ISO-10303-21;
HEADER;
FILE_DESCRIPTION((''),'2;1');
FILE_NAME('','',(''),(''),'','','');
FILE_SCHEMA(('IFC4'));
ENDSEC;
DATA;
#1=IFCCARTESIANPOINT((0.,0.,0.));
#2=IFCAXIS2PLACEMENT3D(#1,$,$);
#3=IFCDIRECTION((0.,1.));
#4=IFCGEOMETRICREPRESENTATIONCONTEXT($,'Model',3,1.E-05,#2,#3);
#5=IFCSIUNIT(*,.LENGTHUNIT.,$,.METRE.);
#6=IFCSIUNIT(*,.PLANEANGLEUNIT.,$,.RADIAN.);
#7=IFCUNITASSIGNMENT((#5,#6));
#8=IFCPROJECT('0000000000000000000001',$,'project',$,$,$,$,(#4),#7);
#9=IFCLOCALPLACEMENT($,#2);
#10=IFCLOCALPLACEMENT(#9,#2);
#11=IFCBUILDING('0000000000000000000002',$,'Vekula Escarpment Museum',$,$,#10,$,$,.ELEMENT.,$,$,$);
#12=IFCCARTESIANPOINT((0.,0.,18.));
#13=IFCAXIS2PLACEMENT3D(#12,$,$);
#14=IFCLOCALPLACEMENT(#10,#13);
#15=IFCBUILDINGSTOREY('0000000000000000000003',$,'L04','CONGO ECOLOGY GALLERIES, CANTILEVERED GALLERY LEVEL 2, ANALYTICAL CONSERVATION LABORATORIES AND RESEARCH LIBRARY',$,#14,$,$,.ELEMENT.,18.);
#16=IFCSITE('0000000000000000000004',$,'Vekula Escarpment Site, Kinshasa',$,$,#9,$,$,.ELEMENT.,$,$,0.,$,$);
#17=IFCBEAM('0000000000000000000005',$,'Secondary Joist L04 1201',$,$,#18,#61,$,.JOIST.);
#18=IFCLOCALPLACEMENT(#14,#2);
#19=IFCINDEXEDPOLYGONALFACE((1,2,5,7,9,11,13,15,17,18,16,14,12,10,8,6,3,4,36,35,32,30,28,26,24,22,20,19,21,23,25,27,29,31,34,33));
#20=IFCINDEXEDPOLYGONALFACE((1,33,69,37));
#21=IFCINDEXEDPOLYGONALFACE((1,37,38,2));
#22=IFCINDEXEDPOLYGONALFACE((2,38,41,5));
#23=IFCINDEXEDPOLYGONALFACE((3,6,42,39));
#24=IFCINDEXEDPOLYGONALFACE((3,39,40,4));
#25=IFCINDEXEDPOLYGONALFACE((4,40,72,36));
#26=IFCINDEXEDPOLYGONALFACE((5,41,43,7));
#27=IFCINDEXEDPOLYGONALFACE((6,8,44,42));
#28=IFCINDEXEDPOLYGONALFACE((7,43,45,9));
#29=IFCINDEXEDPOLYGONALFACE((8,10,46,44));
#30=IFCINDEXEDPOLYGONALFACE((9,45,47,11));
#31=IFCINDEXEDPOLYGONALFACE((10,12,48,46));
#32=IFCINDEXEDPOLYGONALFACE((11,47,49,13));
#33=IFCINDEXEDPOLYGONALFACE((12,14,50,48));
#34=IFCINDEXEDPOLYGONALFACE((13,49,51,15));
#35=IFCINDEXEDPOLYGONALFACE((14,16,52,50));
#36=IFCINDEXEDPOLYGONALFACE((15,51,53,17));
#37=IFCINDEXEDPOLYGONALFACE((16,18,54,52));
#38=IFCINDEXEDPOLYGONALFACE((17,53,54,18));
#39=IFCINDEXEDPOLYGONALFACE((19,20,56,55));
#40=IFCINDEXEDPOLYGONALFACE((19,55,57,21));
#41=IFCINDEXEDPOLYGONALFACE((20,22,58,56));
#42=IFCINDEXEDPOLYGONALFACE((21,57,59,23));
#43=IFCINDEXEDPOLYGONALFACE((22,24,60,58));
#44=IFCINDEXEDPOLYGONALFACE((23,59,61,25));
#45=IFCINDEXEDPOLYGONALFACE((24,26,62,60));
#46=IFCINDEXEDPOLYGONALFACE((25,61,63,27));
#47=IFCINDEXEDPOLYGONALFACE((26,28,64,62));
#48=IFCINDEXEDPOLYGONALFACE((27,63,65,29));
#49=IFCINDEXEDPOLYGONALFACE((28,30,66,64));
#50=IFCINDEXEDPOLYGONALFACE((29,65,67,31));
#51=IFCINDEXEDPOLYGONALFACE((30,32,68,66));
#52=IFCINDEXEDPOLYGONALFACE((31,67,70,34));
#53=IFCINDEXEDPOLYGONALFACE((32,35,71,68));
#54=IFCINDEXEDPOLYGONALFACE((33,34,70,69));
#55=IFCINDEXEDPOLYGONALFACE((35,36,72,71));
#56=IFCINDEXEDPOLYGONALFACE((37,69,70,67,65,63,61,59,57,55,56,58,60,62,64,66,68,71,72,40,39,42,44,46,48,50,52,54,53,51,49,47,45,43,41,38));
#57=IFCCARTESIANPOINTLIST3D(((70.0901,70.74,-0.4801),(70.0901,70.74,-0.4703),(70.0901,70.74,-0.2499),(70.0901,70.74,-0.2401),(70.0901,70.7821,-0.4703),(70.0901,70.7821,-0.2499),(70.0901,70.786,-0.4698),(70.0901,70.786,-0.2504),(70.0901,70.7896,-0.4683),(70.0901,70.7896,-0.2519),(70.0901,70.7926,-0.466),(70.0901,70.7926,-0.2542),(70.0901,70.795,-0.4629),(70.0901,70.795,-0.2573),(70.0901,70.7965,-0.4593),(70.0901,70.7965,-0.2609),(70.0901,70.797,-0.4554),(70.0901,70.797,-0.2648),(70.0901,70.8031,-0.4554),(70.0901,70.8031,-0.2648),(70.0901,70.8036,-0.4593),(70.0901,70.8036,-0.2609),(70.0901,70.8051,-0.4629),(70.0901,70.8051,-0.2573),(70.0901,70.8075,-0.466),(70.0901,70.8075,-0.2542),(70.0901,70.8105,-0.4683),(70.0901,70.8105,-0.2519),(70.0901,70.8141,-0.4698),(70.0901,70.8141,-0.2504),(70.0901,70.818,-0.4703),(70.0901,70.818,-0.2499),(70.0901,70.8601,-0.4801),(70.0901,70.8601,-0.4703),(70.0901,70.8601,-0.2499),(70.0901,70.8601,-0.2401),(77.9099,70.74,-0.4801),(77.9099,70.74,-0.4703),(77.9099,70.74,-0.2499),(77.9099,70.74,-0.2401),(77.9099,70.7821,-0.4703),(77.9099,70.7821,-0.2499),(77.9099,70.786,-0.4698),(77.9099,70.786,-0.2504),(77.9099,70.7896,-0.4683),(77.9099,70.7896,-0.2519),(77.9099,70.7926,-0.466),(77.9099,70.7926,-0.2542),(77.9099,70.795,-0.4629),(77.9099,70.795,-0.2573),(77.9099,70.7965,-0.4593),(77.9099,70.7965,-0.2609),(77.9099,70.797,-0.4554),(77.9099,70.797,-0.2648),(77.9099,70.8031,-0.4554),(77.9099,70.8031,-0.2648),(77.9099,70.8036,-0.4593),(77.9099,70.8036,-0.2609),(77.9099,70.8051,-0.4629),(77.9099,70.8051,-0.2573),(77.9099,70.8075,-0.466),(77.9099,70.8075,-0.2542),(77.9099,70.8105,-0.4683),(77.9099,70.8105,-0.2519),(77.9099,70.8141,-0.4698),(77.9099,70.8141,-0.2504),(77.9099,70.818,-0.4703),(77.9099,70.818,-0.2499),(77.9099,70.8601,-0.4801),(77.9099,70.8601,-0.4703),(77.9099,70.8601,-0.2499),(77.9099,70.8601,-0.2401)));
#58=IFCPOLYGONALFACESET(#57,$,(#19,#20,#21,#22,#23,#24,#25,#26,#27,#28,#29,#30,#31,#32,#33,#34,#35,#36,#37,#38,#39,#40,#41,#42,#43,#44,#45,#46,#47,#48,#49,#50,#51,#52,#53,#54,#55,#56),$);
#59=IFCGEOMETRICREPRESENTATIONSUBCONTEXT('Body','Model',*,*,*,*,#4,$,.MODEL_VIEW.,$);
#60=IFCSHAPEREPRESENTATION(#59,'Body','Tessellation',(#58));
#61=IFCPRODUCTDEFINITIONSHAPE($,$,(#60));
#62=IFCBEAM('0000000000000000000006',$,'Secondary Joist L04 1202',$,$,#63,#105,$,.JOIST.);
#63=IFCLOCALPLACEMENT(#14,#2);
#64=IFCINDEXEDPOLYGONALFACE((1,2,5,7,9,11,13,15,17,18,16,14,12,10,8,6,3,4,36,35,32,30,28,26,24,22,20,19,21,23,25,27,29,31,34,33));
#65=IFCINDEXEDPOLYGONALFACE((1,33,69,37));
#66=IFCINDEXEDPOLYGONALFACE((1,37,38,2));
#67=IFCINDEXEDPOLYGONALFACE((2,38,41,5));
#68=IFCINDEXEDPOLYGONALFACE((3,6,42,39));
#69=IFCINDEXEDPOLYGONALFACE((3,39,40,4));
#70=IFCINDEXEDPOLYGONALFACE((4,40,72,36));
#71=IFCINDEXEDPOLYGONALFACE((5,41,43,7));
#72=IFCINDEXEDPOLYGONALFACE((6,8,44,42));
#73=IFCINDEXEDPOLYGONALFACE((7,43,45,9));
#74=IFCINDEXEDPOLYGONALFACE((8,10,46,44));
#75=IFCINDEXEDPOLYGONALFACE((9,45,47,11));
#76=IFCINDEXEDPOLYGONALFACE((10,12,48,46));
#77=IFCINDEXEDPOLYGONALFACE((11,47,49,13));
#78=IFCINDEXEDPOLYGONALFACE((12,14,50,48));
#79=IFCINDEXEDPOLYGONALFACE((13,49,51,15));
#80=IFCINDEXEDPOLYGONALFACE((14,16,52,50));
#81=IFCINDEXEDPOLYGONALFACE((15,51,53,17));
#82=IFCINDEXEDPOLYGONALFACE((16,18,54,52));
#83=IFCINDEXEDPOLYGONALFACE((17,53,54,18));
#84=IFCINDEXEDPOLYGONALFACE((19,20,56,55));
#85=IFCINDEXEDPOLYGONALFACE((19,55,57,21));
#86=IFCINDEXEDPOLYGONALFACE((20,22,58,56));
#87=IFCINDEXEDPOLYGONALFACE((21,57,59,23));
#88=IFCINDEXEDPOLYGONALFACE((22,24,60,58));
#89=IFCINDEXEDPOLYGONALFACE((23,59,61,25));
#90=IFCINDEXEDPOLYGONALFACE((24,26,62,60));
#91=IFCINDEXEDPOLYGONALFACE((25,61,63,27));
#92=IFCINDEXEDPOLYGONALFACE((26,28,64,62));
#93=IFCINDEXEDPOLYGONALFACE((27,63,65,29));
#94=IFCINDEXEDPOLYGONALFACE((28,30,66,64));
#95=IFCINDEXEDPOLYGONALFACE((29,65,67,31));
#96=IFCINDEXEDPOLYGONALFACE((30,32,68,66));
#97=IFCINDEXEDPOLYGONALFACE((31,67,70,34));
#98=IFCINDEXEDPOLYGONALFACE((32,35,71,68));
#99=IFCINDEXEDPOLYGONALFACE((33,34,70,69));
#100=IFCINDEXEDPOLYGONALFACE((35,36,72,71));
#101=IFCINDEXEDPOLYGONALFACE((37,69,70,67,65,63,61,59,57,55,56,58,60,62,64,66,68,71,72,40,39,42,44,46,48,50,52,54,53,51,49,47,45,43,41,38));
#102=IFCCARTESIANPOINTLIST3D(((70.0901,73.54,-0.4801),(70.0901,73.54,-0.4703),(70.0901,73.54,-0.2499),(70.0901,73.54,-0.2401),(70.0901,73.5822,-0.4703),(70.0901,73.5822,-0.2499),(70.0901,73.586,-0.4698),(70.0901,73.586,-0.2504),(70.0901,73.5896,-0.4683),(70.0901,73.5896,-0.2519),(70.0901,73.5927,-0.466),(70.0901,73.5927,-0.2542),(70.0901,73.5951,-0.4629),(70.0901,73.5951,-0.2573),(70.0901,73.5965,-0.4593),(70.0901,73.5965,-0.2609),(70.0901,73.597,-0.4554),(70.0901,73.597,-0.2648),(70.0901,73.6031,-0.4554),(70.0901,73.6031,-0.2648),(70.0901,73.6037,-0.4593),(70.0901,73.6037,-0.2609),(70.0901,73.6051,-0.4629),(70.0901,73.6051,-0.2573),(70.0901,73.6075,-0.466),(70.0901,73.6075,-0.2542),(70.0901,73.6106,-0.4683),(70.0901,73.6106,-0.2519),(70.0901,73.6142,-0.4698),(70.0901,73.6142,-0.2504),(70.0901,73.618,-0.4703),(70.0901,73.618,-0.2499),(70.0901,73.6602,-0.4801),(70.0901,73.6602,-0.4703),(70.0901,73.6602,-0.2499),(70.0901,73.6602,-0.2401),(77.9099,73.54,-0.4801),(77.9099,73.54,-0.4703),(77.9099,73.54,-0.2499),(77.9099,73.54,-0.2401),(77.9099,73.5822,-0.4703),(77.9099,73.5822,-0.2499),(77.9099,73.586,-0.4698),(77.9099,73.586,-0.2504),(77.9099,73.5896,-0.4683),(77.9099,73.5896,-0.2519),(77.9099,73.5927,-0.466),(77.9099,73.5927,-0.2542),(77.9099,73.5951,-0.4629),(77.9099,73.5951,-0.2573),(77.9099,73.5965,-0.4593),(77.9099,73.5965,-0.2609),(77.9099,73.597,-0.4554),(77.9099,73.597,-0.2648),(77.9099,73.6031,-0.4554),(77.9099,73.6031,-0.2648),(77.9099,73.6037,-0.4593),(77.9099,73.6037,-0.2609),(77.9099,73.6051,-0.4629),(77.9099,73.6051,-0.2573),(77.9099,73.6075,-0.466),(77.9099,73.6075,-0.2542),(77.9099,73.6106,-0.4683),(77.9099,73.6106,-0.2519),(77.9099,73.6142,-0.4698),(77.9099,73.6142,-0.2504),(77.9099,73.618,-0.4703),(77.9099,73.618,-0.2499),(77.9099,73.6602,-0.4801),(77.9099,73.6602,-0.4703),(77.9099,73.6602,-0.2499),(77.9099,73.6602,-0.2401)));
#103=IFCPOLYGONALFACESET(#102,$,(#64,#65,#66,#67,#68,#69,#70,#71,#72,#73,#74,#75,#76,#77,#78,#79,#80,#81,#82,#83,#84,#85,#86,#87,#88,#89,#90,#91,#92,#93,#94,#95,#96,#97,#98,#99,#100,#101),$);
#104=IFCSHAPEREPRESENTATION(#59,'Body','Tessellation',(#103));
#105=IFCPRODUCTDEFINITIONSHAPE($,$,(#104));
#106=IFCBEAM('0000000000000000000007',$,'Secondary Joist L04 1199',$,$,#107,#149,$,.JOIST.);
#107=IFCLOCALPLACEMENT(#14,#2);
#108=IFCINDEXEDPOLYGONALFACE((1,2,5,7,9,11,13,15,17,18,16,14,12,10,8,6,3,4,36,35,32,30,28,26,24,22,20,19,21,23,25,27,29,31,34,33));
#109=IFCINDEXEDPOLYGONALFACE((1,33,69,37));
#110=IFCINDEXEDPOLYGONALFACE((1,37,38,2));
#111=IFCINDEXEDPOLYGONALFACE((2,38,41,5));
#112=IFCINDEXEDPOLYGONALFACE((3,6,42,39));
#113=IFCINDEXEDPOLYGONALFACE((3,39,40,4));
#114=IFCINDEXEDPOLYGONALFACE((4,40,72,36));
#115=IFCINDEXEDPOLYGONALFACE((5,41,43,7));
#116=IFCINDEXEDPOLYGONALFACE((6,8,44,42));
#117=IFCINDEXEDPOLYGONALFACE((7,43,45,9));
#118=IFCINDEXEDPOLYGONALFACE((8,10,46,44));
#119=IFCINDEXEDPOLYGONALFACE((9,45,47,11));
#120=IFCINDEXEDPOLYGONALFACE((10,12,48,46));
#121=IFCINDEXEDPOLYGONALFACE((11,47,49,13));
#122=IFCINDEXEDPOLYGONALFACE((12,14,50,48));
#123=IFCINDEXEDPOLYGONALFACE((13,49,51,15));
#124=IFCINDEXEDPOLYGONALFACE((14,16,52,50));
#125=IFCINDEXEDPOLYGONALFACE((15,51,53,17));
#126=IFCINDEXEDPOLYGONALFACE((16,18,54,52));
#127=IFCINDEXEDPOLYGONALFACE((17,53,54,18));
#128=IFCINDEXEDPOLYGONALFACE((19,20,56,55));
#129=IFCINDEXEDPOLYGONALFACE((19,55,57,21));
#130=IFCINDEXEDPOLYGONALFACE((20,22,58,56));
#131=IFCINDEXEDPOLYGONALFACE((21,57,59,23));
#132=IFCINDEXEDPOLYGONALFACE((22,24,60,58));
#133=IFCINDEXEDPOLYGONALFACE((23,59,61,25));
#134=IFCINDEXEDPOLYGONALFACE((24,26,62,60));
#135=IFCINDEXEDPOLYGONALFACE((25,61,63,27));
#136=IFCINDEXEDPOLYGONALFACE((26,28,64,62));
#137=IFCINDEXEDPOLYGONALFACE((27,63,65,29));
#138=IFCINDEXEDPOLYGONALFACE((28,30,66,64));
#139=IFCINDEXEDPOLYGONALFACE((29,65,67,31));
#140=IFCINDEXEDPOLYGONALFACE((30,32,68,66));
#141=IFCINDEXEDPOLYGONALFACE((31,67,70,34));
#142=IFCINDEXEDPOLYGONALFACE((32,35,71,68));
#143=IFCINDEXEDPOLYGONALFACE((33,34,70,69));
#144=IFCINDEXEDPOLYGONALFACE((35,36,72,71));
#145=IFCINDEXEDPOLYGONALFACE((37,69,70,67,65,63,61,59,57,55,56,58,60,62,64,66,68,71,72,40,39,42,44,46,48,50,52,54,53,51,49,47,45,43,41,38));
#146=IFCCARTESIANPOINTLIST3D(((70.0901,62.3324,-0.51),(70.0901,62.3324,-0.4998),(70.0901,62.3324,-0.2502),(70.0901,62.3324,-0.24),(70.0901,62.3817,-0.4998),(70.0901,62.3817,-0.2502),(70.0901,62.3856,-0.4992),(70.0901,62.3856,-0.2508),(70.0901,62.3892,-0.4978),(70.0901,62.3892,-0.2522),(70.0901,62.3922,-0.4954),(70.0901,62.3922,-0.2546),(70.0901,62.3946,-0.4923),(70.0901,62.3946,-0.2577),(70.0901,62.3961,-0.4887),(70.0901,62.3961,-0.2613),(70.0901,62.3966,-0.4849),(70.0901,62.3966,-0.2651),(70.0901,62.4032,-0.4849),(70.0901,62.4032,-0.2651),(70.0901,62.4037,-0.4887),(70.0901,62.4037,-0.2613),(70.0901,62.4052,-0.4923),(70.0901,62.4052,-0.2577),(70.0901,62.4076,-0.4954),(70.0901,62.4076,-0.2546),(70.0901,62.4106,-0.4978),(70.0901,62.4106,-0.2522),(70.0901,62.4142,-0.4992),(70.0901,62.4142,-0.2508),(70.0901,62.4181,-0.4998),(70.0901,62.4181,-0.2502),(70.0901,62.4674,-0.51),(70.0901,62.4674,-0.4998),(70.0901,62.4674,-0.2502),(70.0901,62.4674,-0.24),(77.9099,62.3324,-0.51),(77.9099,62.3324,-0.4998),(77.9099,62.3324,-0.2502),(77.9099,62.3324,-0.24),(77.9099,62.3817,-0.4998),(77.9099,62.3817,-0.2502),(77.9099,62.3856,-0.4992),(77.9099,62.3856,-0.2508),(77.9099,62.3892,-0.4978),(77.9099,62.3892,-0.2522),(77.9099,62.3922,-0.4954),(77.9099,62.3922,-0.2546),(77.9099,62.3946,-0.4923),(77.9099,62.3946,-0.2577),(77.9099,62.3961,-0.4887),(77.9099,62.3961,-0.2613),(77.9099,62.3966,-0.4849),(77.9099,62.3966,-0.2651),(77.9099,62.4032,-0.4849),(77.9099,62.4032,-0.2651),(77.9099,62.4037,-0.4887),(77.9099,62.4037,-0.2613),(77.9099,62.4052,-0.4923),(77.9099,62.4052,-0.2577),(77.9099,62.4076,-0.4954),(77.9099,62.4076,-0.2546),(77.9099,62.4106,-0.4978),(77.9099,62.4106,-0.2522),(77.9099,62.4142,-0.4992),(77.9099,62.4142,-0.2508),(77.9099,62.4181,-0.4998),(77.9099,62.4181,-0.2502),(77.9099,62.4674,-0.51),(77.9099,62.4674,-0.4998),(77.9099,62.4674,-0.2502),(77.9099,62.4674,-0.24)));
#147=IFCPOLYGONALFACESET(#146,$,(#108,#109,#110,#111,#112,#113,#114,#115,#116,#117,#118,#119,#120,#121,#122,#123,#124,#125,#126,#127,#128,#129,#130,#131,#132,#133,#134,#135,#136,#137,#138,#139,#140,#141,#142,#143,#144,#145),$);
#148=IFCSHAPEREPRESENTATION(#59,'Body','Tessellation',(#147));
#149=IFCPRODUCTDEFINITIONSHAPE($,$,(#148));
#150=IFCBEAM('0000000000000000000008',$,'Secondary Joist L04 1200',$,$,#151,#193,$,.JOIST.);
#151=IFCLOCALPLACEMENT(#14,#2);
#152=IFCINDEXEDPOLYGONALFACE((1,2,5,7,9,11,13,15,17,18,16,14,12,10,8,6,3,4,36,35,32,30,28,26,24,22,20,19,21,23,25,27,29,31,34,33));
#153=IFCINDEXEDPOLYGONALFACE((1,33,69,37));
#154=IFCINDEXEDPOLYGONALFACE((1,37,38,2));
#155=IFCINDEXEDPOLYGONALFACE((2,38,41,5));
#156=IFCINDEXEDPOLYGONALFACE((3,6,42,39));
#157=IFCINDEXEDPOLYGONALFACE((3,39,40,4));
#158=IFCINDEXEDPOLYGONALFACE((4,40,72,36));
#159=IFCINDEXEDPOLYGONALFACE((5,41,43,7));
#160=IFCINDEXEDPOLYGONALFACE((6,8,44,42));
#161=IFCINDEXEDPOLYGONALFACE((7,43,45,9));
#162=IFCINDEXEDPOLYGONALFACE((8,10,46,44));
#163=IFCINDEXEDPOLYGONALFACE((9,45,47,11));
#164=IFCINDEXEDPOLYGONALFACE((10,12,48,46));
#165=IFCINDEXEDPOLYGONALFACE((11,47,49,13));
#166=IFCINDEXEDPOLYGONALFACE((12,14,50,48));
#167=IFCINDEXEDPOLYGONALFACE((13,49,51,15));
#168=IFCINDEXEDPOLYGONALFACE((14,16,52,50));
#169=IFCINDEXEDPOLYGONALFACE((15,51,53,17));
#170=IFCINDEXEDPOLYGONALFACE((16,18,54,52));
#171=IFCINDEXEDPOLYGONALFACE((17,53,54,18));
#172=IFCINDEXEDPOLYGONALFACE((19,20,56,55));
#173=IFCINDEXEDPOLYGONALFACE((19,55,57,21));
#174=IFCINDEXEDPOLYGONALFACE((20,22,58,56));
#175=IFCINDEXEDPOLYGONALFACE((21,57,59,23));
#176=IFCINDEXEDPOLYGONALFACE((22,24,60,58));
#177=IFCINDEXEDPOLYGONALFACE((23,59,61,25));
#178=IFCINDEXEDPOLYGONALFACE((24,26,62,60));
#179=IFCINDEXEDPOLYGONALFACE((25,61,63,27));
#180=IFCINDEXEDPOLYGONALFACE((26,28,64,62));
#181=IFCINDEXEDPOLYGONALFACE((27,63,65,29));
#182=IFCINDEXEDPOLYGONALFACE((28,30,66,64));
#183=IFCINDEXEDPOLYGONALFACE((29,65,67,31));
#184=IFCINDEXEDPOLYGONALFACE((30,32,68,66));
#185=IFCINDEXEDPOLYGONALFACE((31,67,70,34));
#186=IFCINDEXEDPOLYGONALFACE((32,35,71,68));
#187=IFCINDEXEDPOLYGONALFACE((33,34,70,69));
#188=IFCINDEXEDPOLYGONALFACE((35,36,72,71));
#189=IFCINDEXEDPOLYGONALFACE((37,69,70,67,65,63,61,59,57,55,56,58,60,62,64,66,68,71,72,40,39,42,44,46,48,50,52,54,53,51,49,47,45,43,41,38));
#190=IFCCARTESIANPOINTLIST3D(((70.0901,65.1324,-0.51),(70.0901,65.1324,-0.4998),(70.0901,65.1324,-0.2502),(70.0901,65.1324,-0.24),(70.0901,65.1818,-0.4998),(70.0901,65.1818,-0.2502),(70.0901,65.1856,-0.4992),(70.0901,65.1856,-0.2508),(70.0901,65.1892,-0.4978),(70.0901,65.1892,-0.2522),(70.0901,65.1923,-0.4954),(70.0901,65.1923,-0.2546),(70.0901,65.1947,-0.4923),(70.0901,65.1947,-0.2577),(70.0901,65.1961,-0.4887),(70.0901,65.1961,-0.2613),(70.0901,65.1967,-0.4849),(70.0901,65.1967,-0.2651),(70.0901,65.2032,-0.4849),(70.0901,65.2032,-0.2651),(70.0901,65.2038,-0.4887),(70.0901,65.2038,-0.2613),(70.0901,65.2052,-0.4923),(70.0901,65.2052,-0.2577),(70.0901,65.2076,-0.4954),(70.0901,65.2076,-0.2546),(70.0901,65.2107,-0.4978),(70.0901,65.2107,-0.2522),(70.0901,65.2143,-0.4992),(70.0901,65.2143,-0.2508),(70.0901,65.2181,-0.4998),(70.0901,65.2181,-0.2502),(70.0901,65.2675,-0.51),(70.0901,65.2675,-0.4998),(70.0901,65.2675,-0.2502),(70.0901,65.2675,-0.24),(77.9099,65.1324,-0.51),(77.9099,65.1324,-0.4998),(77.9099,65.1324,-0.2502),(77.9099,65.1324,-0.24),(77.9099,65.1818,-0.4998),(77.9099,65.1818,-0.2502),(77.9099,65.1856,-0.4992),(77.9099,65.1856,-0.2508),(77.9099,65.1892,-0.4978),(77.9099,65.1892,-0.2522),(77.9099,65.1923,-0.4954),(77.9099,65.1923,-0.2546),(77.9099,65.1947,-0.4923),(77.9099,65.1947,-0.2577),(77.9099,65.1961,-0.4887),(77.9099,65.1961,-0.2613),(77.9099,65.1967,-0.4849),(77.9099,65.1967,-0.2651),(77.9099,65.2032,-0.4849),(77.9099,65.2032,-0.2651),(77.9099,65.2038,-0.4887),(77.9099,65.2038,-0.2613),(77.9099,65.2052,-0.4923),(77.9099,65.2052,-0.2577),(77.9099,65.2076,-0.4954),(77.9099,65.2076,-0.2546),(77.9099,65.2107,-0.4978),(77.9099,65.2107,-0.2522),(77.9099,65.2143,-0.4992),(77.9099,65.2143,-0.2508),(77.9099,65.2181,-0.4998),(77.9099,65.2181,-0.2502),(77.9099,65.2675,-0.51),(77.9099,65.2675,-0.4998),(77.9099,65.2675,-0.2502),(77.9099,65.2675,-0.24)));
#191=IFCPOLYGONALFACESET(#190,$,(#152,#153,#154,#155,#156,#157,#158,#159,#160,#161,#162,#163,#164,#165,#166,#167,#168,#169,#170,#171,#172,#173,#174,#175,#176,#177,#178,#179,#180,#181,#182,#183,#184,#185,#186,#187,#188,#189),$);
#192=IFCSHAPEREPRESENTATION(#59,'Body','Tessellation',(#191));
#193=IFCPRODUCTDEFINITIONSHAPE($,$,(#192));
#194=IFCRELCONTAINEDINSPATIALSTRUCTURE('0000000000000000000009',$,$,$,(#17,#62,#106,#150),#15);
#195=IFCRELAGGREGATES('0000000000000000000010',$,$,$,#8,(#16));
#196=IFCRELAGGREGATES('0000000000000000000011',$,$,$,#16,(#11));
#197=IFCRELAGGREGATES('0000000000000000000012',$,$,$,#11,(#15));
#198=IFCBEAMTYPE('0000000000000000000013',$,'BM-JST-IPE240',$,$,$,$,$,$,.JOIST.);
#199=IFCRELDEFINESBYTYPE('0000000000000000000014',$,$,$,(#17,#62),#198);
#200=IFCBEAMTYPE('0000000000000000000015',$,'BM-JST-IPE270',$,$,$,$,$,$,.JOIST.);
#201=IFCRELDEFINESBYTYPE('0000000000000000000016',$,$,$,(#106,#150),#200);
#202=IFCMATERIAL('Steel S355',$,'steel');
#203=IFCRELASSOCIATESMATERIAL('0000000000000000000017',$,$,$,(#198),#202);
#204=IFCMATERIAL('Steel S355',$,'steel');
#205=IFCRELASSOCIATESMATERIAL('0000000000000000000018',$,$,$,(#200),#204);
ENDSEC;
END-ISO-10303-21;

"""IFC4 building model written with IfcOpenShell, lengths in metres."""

from ifc_helpers import new_model, si_unit, direction, frame, origin, origin_2d, place, context, subcontext, project, spatial, i_section, extrude, material, material_profile, profile_set, type_object, element, save


model = new_model("IFC4")

# Units and contexts
model_context = context("Model", 3, precision=1e-05, world=origin(), true_north=direction((0.0, 1.0)))
body_context = subcontext(model_context, "Body", "Model", "MODEL_VIEW")
ifc_project = project(units=[si_unit("LENGTHUNIT", "METRE"), si_unit("PLANEANGLEUNIT", "RADIAN")], contexts=[model_context])

# Site, building, storey
site_placement = place(None, origin())
site = spatial("IfcSite", under=ifc_project, at=site_placement, Name="Vekula Escarpment Site, Kinshasa", CompositionType="ELEMENT", RefElevation=0.0)
building_placement = place(site_placement, origin())
building = spatial("IfcBuilding", under=site, at=building_placement, Name="Vekula Escarpment Museum", CompositionType="ELEMENT")
storey_placement = place(building_placement, frame((0.0, 0.0, 18.0)))
storey = spatial("IfcBuildingStorey", under=building, at=storey_placement, Name="L04", Description="CONGO ECOLOGY GALLERIES, CANTILEVERED GALLERY LEVEL 2, ANALYTICAL CONSERVATION LABORATORIES AND RESEARCH LIBRARY", CompositionType="ELEMENT", Elevation=18.0)

# Beams
ifc_material_1 = material(Name="Steel S355", Category="steel")
ifc_material_profile_1 = material_profile(ifc_material_1, i_section(OverallWidth=0.1201, OverallDepth=0.24, WebThickness=0.0061, FlangeThickness=0.0098, FilletRadius=0.0149, at=origin_2d()), Name="IPE 240")
ifc_profile_set_1 = profile_set([ifc_material_profile_1], Name="Steel S355")
beam_type_1 = type_object("IfcBeamType", Name="BM-JST-IPE240", PredefinedType="JOIST", material=ifc_profile_set_1)
for number, where, z_axis, x_axis, name in (
    (1, (70.0901, 70.8, -0.3601), (1.0, 0.0, 0.0), (0.0, 1.0, 0.0), "Secondary Joist L04 1201"),
    (2, (70.0901, 73.6001, -0.3601), (1.0, 0.0, 0.0), (0.0, 1.0, 0.0), "Secondary Joist L04 1202"),
):
    element("IfcBeam", number, at=place(storey_placement, frame(where, z_axis=z_axis, x_axis=x_axis)), inside=storey, type_object=beam_type_1, Name=name, PredefinedType="JOIST", context=body_context, shape_type="SweptSolid", body=[
        extrude(i_section(OverallWidth=0.1201, OverallDepth=0.24, WebThickness=0.0061, FlangeThickness=0.0098, FilletRadius=0.0149, at=origin_2d()), origin(), (0.0, 0.0, 1.0), 7.8198),
    ])
ifc_material_2 = material(Name="Steel S355", Category="steel")
ifc_material_profile_2 = material_profile(ifc_material_2, i_section(OverallWidth=0.135, OverallDepth=0.27, WebThickness=0.0066, FlangeThickness=0.0103, FilletRadius=0.0149, at=origin_2d()), Name="IPE 270")
ifc_profile_set_2 = profile_set([ifc_material_profile_2], Name="Steel S355")
beam_type_2 = type_object("IfcBeamType", Name="BM-JST-IPE270", PredefinedType="JOIST", material=ifc_profile_set_2)
for number, where, z_axis, x_axis, name in (
    (3, (70.0901, 62.3999, -0.375), (1.0, 0.0, 0.0), (0.0, 1.0, 0.0), "Secondary Joist L04 1199"),
    (4, (70.0901, 65.2, -0.375), (1.0, 0.0, 0.0), (0.0, 1.0, 0.0), "Secondary Joist L04 1200"),
):
    element("IfcBeam", number, at=place(storey_placement, frame(where, z_axis=z_axis, x_axis=x_axis)), inside=storey, type_object=beam_type_2, Name=name, PredefinedType="JOIST", context=body_context, shape_type="SweptSolid", body=[
        extrude(i_section(OverallWidth=0.135, OverallDepth=0.27, WebThickness=0.0066, FlangeThickness=0.0103, FilletRadius=0.0149, at=origin_2d()), origin(), (0.0, 0.0, 1.0), 7.8198),
    ])

save(model, "model.ifc")
